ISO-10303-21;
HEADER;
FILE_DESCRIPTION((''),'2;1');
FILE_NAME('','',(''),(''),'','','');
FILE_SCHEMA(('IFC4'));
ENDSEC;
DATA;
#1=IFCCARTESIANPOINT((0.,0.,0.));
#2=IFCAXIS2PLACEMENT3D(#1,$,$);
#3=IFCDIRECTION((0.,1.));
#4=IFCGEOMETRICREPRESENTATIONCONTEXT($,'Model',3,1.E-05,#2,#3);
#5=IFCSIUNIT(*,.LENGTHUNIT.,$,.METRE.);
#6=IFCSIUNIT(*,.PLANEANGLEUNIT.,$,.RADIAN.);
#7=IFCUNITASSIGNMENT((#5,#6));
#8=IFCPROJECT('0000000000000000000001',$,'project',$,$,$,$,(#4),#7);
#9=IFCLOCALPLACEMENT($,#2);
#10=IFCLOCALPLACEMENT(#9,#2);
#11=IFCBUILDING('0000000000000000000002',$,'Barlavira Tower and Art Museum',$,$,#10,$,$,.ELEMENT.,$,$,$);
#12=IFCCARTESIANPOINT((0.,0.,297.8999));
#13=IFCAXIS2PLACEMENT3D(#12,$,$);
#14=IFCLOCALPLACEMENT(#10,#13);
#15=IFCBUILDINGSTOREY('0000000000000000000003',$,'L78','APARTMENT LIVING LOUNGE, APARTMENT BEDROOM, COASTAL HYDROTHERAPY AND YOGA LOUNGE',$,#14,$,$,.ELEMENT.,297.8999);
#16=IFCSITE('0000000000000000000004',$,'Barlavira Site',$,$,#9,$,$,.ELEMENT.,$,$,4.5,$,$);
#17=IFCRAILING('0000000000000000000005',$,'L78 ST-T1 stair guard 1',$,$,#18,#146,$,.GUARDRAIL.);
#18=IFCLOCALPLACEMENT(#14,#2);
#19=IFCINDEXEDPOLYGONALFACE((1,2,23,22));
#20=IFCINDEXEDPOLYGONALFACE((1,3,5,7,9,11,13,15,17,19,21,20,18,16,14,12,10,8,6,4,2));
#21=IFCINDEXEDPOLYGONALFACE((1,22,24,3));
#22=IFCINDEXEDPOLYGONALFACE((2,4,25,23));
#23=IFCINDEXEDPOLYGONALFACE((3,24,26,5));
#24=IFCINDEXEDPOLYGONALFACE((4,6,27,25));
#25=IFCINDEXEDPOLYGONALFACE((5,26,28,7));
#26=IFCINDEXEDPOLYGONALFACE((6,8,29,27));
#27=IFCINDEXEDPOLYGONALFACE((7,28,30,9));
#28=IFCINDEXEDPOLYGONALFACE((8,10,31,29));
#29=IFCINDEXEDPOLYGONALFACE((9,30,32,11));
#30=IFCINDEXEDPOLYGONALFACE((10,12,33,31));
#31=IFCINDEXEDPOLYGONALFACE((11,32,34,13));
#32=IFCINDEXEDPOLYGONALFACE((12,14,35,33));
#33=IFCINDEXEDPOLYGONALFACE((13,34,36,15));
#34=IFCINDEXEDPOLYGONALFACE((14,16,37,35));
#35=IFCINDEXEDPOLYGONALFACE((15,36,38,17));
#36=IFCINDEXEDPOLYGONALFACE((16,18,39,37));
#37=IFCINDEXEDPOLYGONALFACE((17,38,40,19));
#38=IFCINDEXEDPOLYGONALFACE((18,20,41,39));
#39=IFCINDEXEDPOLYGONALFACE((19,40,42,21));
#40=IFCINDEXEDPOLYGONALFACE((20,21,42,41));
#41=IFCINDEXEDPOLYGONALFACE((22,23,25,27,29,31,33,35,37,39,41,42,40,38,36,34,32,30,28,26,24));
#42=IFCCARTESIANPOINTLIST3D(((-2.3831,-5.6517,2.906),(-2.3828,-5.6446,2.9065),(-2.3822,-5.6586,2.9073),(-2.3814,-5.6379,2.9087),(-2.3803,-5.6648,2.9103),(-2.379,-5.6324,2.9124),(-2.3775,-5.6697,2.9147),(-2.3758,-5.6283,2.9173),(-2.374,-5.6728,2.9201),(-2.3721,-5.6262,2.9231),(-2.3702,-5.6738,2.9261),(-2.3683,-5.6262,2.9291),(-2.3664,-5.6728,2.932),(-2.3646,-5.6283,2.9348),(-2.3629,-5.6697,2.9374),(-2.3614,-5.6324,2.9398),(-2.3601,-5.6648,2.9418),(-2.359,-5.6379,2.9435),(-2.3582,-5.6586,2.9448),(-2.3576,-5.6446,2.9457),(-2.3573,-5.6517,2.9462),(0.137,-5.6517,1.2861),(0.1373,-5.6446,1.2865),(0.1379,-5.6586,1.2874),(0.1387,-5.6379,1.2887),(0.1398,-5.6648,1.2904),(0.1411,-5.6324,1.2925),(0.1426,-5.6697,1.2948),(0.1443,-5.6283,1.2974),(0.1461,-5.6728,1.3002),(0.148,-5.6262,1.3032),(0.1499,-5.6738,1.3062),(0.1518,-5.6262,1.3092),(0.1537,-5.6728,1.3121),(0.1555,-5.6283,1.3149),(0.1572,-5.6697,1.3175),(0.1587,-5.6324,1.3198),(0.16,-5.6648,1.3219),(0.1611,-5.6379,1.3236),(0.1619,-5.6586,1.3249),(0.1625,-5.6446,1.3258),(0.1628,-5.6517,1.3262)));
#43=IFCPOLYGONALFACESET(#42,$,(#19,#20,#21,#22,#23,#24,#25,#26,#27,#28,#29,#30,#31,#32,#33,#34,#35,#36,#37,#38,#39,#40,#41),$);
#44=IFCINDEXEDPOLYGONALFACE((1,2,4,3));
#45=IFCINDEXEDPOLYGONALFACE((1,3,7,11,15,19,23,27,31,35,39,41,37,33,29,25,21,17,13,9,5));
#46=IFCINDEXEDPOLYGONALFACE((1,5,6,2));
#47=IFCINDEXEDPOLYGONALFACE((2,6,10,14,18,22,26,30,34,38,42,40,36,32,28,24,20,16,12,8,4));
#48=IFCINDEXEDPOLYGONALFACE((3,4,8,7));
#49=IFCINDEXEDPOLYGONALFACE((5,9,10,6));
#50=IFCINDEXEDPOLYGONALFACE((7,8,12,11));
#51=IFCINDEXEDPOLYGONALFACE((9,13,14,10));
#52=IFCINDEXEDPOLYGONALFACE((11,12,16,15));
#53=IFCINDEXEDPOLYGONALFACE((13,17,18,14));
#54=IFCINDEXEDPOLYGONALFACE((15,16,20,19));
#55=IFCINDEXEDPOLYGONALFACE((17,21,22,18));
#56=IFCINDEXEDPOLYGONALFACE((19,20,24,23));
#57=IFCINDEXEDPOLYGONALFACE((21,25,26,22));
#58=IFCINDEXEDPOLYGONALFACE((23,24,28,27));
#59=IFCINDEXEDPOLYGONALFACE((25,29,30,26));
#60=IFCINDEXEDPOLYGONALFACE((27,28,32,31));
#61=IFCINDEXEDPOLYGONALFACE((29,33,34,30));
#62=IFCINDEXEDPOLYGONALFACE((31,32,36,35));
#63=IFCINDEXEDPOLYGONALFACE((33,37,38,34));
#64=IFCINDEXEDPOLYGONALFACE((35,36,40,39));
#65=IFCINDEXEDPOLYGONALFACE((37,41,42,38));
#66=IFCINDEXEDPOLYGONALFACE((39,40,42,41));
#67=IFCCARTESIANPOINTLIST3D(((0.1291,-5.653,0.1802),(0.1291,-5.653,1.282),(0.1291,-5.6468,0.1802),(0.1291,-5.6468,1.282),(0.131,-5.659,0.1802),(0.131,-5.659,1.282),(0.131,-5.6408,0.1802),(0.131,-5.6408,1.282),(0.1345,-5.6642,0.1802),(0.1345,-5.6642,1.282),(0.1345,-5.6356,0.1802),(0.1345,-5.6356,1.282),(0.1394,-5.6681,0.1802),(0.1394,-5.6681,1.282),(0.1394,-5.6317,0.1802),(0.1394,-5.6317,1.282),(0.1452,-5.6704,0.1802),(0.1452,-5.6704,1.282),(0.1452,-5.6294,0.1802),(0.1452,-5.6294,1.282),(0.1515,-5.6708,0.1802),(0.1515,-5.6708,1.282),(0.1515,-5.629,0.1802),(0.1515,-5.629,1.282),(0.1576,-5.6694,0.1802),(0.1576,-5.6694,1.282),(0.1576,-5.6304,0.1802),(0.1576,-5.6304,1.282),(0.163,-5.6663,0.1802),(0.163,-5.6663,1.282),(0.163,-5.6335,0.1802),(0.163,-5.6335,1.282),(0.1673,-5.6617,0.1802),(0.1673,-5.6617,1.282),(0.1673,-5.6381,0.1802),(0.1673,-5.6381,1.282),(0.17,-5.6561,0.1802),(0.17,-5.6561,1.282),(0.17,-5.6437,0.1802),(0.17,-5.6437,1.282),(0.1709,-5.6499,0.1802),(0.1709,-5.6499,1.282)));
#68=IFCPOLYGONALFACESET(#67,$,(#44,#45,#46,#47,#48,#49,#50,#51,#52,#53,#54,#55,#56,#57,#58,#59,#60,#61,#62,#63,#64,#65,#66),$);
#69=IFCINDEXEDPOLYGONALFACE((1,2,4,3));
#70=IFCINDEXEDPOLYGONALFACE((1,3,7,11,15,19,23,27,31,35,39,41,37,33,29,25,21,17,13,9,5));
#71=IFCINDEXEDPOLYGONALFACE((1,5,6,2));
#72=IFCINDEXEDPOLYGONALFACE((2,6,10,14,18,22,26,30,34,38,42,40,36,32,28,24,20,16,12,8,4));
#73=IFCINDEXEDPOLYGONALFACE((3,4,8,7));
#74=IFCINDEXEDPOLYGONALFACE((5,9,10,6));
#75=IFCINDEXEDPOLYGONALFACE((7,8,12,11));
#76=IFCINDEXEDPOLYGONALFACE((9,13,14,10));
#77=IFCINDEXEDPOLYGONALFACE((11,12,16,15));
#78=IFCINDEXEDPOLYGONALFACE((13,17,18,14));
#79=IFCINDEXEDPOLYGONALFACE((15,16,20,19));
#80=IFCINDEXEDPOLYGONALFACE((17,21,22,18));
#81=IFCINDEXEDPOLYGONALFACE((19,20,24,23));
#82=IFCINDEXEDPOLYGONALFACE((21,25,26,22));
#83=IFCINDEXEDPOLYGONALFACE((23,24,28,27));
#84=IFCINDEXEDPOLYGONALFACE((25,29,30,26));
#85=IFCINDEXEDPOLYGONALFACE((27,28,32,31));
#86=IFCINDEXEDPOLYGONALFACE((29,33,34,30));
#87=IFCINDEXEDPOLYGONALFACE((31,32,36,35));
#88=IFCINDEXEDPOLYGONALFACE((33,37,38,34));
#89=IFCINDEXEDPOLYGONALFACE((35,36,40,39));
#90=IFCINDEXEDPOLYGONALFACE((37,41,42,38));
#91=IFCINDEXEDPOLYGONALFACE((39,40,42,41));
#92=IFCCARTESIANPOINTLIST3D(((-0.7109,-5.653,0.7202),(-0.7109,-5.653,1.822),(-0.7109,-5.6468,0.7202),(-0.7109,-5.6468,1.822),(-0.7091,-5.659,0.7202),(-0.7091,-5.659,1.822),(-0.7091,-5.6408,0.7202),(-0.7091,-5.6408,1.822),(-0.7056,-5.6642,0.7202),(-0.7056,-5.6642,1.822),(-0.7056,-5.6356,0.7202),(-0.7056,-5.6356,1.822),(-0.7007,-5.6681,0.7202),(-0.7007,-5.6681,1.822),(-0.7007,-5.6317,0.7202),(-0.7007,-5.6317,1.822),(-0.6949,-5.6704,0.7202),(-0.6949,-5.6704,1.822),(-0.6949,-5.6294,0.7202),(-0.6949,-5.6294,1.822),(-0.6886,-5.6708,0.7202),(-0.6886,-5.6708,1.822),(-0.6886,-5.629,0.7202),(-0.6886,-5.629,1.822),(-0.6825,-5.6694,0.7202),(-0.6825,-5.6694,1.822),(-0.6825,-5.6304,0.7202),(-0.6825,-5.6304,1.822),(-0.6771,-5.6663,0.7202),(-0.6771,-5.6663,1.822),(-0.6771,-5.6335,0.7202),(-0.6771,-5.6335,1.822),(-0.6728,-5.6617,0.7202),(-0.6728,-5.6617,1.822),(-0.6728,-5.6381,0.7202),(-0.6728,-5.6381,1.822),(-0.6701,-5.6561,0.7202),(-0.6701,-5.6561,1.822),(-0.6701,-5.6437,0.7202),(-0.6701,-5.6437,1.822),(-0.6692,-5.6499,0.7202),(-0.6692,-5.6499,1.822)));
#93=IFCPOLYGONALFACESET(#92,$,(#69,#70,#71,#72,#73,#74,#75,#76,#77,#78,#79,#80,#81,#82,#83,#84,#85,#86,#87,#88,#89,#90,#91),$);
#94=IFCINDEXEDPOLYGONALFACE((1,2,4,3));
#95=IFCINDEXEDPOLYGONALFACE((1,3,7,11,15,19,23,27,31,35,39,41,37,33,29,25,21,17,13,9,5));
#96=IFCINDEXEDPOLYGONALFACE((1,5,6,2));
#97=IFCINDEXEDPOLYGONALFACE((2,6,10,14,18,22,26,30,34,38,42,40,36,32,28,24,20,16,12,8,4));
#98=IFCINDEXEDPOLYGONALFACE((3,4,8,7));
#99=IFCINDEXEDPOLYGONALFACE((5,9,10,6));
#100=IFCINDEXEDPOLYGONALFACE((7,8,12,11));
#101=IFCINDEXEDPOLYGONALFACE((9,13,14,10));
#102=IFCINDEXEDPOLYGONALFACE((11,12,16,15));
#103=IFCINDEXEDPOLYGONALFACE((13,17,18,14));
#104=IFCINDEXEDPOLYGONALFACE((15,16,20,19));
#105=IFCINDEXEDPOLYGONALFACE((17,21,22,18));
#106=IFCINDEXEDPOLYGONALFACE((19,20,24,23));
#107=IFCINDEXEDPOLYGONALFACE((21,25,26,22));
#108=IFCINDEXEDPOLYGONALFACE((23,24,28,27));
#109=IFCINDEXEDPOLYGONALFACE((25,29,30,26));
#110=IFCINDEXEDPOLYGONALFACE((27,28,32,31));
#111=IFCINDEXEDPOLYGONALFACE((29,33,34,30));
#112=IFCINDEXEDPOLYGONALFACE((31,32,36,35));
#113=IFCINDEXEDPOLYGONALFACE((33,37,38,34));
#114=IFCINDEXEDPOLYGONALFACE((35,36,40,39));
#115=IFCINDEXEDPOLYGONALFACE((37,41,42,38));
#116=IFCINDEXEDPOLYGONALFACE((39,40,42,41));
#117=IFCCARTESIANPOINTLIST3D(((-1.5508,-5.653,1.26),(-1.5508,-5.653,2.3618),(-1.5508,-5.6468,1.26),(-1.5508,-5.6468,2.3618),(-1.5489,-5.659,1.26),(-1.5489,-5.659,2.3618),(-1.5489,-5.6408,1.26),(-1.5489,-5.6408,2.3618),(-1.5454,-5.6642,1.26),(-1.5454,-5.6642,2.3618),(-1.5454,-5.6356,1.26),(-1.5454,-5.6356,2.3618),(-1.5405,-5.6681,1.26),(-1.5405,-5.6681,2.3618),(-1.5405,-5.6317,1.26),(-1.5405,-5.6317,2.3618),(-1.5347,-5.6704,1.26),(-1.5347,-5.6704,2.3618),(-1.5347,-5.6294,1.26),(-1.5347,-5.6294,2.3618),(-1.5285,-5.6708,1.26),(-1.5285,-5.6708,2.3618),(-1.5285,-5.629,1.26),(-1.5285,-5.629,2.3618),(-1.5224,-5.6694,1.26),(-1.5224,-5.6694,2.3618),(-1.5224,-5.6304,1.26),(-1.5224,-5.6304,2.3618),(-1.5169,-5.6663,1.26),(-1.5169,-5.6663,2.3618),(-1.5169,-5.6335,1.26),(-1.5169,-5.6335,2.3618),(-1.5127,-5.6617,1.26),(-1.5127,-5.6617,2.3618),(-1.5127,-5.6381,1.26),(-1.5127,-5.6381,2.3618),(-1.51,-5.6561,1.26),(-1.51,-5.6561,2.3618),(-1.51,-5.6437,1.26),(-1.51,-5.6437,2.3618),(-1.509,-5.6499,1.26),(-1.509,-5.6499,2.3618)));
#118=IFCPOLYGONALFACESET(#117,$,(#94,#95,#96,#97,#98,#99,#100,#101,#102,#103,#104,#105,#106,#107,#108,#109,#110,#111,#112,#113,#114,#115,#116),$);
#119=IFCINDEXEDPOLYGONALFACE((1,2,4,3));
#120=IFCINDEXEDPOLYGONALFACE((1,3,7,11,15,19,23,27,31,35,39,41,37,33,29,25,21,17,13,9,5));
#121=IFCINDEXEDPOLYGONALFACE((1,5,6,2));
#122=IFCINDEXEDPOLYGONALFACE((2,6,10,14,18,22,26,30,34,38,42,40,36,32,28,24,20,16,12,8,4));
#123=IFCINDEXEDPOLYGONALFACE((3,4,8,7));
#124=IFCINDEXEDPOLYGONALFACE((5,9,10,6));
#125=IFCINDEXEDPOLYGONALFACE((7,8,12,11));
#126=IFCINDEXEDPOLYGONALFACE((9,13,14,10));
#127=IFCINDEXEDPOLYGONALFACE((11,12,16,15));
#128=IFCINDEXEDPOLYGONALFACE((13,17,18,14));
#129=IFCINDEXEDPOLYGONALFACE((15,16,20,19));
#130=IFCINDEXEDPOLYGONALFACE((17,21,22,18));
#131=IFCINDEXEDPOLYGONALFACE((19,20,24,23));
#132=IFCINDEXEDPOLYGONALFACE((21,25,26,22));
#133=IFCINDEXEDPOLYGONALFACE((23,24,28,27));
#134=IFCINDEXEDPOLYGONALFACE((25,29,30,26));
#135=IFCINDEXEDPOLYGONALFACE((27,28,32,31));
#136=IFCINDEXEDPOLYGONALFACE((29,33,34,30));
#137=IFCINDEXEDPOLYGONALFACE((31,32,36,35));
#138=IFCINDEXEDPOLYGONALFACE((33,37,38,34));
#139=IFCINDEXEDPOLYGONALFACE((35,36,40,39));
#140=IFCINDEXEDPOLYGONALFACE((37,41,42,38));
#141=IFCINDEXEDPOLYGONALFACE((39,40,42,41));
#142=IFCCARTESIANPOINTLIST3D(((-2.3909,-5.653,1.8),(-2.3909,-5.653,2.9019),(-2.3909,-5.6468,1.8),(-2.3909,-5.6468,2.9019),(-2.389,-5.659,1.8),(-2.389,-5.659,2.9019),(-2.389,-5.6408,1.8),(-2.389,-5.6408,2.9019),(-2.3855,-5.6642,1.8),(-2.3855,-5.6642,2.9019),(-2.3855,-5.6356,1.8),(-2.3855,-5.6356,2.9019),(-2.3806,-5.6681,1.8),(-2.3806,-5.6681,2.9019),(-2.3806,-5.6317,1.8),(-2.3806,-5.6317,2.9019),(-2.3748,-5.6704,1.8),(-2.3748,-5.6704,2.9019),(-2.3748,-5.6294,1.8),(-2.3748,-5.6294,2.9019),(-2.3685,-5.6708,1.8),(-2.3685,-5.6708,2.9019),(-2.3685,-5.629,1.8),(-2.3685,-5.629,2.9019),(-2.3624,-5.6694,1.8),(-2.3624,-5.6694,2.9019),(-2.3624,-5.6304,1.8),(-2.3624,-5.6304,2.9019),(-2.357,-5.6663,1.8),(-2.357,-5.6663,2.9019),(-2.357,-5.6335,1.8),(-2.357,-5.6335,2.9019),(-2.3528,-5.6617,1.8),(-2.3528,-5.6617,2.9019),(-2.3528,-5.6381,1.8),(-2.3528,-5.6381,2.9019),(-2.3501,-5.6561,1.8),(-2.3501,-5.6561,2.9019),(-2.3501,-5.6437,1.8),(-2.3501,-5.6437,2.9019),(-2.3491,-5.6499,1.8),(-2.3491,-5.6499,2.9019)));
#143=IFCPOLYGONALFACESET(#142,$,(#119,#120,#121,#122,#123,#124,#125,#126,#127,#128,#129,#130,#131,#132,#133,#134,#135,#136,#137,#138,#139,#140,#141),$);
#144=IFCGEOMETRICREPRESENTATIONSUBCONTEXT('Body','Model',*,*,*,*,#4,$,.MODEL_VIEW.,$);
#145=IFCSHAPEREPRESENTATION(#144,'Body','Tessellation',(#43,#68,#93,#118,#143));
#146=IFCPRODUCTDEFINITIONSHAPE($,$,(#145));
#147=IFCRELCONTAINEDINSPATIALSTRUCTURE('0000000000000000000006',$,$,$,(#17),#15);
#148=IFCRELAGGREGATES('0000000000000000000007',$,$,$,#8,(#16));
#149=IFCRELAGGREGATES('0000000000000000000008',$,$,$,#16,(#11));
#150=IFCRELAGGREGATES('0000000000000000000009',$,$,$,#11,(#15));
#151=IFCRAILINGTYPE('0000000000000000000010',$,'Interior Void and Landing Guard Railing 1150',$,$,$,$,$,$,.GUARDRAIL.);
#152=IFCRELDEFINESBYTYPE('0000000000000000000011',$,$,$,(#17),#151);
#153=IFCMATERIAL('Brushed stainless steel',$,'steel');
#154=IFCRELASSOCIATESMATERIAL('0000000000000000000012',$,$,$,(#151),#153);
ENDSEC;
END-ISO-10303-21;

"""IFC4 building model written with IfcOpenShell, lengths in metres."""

from ifc_helpers import new_model, si_unit, direction, frame, origin, origin_2d, place, context, subcontext, project, spatial, circle, extrude, material, type_object, element, save


model = new_model("IFC4")

# Units and contexts
model_context = context("Model", 3, precision=1e-05, world=origin(), true_north=direction((0.0, 1.0)))
body_context = subcontext(model_context, "Body", "Model", "MODEL_VIEW")
ifc_project = project(units=[si_unit("LENGTHUNIT", "METRE"), si_unit("PLANEANGLEUNIT", "RADIAN")], contexts=[model_context])

# Site, building, storey
site_placement = place(None, origin())
site = spatial("IfcSite", under=ifc_project, at=site_placement, Name="Barlavira Site", CompositionType="ELEMENT", RefElevation=4.5)
building_placement = place(site_placement, origin())
building = spatial("IfcBuilding", under=site, at=building_placement, Name="Barlavira Tower and Art Museum", CompositionType="ELEMENT")
storey_placement = place(building_placement, frame((0.0, 0.0, 297.8999)))
storey = spatial("IfcBuildingStorey", under=building, at=storey_placement, Name="L78", Description="APARTMENT LIVING LOUNGE, APARTMENT BEDROOM, COASTAL HYDROTHERAPY AND YOGA LOUNGE", CompositionType="ELEMENT", Elevation=297.8999)

# Shared definitions
ifc_material_1 = material(Name="Brushed stainless steel", Category="steel")

# Railing
railing_type_1 = type_object("IfcRailingType", Name="Interior Void and Landing Guard Railing 1150", PredefinedType="GUARDRAIL", material=ifc_material_1)
railing_1_placement = place(storey_placement, frame((0.1499, -5.6499, 0.1802)))
element("IfcRailing", 1, at=railing_1_placement, inside=storey, type_object=railing_type_1, Name="L78 ST-T1 stair guard 1", PredefinedType="GUARDRAIL", context=body_context, shape_type="SweptSolid", body=[
    extrude(circle(Radius=0.0239, at=origin_2d()), frame((0.0, 0.0, 1.126), z_axis=(-0.8412, 0.0, 0.540725), x_axis=(0.0, -1.0, 0.0)), (0.0, 0.0, 1.0), 2.9958),
    extrude(circle(Radius=0.021, at=origin_2d()), origin(), (0.0, 0.0, 1.0), 1.1018),
    extrude(circle(Radius=0.021, at=origin_2d()), frame((-0.8401, 0.0, 0.54)), (0.0, 0.0, 1.0), 1.1018),
    extrude(circle(Radius=0.021, at=origin_2d()), frame((-1.6799, 0.0, 1.0798)), (0.0, 0.0, 1.0), 1.1018),
    extrude(circle(Radius=0.021, at=origin_2d()), frame((-2.52, 0.0, 1.6199)), (0.0, 0.0, 1.0), 1.1018),
])

save(model, "model.ifc")
